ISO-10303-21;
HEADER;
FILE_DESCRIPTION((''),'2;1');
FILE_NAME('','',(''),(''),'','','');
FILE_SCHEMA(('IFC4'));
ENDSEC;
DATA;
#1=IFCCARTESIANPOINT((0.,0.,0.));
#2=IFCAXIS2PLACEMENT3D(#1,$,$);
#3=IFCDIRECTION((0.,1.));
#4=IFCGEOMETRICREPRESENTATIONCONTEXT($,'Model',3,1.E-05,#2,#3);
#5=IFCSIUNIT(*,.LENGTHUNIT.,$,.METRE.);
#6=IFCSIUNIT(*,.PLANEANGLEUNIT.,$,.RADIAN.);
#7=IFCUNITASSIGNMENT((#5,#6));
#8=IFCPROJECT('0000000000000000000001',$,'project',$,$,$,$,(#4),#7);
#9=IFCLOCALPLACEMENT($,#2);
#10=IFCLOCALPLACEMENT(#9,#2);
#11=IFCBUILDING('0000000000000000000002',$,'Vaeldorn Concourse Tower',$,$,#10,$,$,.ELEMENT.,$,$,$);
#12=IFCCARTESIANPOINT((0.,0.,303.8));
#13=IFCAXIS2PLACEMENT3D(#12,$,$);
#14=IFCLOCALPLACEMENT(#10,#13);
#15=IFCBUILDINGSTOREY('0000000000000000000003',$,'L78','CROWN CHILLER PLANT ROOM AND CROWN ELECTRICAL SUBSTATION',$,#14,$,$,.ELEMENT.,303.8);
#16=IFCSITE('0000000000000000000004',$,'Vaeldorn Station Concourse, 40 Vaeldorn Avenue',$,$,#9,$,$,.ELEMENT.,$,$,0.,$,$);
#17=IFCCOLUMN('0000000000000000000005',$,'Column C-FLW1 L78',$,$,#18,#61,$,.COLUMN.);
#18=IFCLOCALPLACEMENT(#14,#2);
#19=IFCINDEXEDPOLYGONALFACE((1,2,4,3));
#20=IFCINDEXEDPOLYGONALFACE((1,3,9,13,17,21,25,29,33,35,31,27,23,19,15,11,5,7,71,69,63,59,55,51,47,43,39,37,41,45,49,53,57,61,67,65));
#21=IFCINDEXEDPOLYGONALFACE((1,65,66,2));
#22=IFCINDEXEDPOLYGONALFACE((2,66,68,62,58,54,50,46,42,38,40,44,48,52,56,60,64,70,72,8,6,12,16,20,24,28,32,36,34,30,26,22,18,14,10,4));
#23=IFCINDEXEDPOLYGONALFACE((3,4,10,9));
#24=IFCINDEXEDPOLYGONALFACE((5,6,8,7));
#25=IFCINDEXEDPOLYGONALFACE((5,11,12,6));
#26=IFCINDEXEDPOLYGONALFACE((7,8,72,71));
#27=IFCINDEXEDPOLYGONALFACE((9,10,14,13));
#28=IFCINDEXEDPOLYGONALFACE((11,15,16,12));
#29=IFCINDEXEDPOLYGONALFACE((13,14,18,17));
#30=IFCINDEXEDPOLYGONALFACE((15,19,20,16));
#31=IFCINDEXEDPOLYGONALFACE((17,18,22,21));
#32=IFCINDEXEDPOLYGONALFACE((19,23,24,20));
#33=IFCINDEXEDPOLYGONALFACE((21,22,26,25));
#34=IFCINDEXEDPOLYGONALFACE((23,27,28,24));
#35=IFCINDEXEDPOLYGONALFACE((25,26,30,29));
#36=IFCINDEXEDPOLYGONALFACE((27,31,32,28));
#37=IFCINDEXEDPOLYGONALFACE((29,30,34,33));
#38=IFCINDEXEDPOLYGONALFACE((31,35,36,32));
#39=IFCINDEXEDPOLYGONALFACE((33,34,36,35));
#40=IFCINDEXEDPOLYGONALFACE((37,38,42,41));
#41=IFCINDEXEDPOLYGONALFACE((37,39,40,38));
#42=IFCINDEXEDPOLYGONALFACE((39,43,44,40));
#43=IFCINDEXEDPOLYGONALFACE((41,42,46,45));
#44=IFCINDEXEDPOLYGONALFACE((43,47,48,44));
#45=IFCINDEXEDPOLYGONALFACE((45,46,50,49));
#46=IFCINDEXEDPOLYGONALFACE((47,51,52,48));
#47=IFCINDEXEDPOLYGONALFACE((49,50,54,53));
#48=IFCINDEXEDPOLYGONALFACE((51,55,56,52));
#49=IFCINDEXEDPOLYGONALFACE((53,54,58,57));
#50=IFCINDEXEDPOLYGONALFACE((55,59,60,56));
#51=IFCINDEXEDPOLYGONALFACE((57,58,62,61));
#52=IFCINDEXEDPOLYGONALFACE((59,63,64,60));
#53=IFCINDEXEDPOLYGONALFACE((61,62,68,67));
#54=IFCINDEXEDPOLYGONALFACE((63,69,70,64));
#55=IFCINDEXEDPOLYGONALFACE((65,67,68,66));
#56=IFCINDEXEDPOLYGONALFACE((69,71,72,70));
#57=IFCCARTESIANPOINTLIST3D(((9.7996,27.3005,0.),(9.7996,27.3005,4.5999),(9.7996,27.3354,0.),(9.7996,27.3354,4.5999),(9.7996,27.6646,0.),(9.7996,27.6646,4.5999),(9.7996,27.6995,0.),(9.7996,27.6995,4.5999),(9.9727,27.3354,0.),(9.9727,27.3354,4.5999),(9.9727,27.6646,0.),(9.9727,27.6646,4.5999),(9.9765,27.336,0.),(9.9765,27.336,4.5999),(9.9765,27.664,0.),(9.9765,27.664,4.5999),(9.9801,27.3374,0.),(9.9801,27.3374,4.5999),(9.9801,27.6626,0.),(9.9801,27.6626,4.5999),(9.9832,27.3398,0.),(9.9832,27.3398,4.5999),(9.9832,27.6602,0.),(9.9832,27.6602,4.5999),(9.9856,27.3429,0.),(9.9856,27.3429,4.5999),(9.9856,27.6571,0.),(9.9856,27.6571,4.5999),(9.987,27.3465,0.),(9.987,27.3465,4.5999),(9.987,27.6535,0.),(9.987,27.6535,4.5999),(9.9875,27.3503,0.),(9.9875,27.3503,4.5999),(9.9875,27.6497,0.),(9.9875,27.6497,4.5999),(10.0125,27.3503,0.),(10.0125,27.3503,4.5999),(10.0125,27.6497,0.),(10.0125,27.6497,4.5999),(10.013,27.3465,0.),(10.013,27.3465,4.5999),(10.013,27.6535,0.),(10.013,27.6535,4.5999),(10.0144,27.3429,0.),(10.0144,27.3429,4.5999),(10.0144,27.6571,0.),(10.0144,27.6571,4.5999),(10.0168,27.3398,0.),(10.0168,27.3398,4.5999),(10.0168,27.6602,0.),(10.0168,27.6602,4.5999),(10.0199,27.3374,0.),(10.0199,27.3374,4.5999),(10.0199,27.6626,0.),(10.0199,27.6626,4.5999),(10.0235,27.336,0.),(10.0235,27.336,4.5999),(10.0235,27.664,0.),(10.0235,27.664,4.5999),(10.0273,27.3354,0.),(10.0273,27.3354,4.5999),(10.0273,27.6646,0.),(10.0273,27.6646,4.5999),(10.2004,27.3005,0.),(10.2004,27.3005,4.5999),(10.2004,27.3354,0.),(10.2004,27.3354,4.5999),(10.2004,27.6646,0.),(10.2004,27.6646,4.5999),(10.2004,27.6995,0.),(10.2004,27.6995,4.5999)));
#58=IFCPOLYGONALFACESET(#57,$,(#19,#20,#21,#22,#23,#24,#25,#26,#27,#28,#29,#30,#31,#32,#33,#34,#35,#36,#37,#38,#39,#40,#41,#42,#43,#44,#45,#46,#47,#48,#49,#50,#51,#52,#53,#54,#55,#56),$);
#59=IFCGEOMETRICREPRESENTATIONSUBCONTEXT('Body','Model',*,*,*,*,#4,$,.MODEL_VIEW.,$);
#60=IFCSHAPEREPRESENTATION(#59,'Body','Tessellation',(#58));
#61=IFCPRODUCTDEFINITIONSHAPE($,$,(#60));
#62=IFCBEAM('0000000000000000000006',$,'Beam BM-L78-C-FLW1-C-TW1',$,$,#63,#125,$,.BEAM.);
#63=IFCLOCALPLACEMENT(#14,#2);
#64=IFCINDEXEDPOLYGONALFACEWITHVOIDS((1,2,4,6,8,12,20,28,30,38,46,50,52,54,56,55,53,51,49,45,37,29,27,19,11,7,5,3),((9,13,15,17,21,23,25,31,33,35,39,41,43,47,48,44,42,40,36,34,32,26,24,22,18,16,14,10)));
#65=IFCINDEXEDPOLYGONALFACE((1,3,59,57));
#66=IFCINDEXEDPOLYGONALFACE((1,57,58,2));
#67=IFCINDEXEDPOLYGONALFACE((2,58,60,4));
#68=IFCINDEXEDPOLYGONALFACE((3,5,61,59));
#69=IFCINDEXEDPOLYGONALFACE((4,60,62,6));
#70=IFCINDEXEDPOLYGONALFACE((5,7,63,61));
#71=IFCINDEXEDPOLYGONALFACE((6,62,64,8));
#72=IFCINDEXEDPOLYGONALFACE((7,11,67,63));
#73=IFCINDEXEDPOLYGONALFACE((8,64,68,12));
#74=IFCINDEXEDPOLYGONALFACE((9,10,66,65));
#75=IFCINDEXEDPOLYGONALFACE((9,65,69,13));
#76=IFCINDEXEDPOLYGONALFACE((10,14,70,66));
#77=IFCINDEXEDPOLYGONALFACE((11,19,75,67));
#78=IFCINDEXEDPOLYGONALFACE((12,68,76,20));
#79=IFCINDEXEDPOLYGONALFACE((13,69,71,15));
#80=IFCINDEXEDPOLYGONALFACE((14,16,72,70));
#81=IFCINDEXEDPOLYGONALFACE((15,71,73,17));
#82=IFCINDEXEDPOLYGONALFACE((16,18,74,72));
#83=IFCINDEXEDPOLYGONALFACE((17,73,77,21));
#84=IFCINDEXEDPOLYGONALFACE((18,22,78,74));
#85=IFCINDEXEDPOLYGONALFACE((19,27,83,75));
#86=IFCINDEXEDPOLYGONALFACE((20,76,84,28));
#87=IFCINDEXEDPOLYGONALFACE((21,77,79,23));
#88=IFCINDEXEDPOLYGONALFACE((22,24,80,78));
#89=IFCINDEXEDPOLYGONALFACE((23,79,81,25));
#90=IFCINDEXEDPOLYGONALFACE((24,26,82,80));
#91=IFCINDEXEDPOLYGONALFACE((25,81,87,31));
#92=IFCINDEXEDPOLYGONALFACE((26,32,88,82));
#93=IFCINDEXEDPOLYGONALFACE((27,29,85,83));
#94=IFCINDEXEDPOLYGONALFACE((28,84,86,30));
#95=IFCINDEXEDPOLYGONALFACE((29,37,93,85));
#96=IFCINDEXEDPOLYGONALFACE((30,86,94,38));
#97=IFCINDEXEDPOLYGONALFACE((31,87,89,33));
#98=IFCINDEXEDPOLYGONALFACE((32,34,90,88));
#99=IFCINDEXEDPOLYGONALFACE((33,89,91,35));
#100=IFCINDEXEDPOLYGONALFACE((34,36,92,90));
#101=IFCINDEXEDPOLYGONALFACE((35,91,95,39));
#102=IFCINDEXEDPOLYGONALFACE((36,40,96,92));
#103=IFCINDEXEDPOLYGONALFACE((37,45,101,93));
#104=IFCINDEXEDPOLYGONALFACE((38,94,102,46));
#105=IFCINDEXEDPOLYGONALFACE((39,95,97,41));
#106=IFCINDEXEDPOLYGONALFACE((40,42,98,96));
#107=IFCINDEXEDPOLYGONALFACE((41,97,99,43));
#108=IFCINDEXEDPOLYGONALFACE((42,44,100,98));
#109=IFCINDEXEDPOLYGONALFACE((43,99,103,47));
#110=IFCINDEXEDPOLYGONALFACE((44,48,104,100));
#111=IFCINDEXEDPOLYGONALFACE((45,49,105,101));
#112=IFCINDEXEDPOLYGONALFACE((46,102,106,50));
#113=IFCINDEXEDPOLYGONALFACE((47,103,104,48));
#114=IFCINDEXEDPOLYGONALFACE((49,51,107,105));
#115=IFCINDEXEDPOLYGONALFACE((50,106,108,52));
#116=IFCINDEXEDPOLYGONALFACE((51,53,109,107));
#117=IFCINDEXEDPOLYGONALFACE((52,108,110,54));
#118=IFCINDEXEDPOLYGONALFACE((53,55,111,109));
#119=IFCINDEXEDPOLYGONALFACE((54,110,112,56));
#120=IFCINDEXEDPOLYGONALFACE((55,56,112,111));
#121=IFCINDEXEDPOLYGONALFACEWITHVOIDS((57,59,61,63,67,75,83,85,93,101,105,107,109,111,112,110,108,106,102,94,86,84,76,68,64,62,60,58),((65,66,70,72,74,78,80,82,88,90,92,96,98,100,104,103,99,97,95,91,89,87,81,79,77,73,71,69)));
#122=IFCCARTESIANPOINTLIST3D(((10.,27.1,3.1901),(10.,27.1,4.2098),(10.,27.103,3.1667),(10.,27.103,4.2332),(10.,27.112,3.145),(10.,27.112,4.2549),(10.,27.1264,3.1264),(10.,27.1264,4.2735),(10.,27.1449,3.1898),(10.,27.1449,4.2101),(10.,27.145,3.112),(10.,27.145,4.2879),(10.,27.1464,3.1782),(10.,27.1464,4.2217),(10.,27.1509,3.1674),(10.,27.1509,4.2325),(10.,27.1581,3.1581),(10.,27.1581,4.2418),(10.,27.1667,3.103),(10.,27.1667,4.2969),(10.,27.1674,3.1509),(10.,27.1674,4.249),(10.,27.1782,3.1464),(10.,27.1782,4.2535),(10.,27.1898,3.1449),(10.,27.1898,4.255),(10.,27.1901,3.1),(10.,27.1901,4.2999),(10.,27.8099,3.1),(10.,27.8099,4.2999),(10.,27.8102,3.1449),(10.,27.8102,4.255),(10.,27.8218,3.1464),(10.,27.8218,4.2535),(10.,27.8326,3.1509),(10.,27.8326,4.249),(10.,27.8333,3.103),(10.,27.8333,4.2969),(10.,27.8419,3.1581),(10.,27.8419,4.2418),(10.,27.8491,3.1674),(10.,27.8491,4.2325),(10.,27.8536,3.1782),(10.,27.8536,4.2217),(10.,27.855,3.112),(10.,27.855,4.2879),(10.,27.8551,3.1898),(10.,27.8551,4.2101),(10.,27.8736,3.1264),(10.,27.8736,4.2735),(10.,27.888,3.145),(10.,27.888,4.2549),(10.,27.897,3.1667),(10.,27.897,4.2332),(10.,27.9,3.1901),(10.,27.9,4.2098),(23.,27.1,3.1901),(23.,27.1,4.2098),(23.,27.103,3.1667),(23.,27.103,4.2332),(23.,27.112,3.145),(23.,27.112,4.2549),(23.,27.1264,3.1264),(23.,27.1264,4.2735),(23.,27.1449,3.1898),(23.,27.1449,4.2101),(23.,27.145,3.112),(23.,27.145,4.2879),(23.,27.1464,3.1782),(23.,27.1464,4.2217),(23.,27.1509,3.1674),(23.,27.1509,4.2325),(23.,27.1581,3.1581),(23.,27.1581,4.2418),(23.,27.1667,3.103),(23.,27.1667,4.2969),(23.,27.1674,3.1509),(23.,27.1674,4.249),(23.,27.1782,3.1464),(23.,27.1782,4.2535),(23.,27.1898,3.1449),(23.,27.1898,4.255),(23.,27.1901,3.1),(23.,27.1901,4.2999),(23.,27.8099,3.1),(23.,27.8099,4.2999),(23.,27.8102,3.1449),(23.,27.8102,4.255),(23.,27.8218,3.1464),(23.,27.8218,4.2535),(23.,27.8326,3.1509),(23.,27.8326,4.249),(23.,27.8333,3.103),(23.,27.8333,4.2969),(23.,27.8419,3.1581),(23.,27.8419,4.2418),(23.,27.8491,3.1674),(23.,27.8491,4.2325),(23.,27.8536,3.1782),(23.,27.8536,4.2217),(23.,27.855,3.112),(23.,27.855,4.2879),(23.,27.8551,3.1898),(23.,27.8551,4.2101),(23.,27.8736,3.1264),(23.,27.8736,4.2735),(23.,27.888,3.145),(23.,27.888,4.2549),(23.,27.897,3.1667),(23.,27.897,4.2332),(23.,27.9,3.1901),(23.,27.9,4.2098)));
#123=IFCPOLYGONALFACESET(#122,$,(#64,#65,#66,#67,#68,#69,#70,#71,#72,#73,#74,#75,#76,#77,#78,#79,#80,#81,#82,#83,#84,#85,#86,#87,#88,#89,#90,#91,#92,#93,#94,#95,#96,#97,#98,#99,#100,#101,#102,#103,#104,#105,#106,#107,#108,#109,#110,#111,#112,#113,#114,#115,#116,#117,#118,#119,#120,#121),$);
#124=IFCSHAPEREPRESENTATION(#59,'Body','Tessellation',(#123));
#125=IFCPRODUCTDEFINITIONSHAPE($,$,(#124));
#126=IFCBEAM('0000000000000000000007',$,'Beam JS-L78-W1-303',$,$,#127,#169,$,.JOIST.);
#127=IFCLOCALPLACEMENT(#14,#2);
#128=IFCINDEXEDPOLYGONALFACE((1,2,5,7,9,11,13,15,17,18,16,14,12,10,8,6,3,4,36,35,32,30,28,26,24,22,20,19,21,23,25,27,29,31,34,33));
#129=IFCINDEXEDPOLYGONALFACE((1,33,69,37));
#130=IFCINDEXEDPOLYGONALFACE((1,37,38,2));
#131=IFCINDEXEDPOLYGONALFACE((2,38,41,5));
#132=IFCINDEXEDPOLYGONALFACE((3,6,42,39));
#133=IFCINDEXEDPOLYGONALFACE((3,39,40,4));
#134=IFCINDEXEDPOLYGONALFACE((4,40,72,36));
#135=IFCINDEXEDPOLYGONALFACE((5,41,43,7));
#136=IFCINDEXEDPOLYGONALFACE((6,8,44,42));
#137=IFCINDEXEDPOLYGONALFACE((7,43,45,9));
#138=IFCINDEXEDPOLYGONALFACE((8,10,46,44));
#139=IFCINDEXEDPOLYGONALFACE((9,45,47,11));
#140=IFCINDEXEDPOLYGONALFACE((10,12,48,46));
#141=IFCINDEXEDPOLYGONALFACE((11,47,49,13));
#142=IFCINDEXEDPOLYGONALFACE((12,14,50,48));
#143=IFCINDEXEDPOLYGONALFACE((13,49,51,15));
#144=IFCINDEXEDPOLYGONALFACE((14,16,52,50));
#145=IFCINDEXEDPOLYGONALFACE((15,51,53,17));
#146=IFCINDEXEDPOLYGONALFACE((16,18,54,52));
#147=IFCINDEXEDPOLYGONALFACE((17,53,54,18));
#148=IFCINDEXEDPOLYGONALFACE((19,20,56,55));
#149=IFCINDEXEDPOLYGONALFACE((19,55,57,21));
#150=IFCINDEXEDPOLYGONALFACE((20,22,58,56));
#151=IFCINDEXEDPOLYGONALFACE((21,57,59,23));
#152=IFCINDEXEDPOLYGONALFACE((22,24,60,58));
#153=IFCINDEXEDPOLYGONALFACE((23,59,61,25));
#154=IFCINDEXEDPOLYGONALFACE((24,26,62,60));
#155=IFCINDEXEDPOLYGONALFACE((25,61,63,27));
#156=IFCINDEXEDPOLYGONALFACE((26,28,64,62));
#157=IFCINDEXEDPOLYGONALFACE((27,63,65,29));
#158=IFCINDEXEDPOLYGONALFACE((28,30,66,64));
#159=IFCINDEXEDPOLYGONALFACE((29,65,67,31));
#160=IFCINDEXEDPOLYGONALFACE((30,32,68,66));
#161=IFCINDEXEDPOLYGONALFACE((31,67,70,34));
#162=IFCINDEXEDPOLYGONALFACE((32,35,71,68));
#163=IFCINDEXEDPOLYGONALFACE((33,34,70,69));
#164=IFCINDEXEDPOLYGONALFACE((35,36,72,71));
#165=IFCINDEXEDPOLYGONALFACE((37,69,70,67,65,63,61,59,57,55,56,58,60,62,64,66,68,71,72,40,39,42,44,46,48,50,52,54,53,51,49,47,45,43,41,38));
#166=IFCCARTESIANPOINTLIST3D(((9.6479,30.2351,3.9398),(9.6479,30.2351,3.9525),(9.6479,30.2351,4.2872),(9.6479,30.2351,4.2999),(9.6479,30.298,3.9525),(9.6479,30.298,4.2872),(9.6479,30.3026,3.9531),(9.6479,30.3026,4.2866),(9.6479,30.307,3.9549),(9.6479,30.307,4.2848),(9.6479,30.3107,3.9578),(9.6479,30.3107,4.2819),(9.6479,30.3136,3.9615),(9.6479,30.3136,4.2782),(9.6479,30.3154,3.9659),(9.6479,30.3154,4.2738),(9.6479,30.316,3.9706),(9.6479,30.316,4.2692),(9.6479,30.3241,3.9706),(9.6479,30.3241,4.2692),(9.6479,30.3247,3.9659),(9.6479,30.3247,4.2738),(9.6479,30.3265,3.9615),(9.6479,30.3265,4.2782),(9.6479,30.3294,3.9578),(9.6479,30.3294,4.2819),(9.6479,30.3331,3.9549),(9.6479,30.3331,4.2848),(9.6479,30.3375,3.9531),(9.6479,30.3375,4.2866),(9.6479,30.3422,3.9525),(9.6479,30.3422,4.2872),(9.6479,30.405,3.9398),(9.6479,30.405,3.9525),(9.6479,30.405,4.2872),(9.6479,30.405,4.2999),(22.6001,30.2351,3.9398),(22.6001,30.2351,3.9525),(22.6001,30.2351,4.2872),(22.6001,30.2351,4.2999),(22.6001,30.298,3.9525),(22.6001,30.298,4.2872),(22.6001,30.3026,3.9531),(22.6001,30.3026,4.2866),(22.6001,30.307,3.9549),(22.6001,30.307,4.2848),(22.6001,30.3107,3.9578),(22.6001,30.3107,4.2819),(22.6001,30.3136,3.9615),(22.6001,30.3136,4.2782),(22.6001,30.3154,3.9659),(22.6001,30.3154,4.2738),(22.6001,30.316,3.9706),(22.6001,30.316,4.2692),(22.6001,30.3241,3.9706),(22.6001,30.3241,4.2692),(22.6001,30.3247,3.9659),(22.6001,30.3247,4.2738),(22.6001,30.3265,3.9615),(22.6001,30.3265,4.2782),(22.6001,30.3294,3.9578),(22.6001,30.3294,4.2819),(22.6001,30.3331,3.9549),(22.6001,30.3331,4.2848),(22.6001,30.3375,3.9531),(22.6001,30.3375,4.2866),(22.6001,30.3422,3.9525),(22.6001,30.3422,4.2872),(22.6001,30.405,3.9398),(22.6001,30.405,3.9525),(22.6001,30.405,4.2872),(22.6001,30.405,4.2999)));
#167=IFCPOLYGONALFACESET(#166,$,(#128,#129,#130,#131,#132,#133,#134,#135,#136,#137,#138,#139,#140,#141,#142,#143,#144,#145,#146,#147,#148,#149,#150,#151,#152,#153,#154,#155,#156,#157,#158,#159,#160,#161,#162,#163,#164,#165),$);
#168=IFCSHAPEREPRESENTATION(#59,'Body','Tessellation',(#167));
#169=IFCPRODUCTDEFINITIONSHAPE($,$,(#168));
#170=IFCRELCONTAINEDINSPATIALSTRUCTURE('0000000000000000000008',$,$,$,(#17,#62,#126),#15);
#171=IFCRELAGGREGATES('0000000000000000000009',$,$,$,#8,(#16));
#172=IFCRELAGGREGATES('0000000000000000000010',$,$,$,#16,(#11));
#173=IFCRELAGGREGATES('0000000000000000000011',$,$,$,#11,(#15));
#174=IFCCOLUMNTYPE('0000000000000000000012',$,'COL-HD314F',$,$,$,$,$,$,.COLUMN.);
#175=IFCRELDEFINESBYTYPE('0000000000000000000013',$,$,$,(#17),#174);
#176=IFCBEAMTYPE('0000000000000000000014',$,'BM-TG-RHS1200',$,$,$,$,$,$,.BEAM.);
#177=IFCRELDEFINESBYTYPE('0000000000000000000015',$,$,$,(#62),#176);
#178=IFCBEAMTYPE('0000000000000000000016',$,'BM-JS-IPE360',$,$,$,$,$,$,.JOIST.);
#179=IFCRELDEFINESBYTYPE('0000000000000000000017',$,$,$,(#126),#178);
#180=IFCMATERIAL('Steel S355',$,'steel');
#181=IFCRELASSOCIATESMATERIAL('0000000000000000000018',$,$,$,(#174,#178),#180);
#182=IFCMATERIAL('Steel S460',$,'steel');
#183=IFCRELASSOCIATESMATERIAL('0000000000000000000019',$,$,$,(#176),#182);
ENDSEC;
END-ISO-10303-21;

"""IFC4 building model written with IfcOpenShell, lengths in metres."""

from ifc_helpers import new_model, si_unit, direction, frame, origin, origin_2d, place, context, subcontext, project, spatial, hollow_rectangle, i_section, extrude, source, transform, mapped, material, material_profile, profile_set, type_object, element, save


model = new_model("IFC4")

# Units and contexts
model_context = context("Model", 3, precision=1e-05, world=origin(), true_north=direction((0.0, 1.0)))
body_context = subcontext(model_context, "Body", "Model", "MODEL_VIEW")
ifc_project = project(units=[si_unit("LENGTHUNIT", "METRE"), si_unit("PLANEANGLEUNIT", "RADIAN")], contexts=[model_context])

# Site, building, storey
site_placement = place(None, origin())
site = spatial("IfcSite", under=ifc_project, at=site_placement, Name="Vaeldorn Station Concourse, 40 Vaeldorn Avenue", CompositionType="ELEMENT", RefElevation=0.0)
building_placement = place(site_placement, origin())
building = spatial("IfcBuilding", under=site, at=building_placement, Name="Vaeldorn Concourse Tower", CompositionType="ELEMENT")
storey_placement = place(building_placement, frame((0.0, 0.0, 303.8)))
storey = spatial("IfcBuildingStorey", under=building, at=storey_placement, Name="L78", Description="CROWN CHILLER PLANT ROOM AND CROWN ELECTRICAL SUBSTATION", CompositionType="ELEMENT", Elevation=303.8)

# Column
ifc_material_1 = material(Name="Steel S355", Category="steel")
ifc_material_profile_1 = material_profile(ifc_material_1, i_section(OverallWidth=0.4009, OverallDepth=0.3989, WebThickness=0.0249, FlangeThickness=0.0349, FilletRadius=0.0149, at=origin_2d()), Name="HD 400x314")
ifc_profile_set_1 = profile_set([ifc_material_profile_1], Name="Steel S355")
column_type = type_object("IfcColumnType", Name="COL-HD314F", PredefinedType="COLUMN", material=ifc_profile_set_1)
shared_shape_1 = source(origin(), body_context, "Body", "SweptSolid", [
    extrude(i_section(OverallWidth=0.4009, OverallDepth=0.3989, WebThickness=0.0249, FlangeThickness=0.0349, FilletRadius=0.0149, at=origin_2d()), origin(), (0.0, 0.0, 1.0), 4.5999),
])
column_placement = place(storey_placement, frame((10.0, 27.5, 0.0), z_axis=(0.0, 0.0, 1.0), x_axis=(1.0, 0.0, 0.0)))
element("IfcColumn", 1, at=column_placement, inside=storey, type_object=column_type, Name="Column C-FLW1 L78", PredefinedType="COLUMN", context=body_context, shape_type="MappedRepresentation", body=[
    mapped(shared_shape_1, transform((0.0, 0.0, 0.0), scale=1.0)),
])

# Beams
ifc_material_2 = material(Name="Steel S460", Category="steel")
ifc_material_profile_2 = material_profile(ifc_material_2, hollow_rectangle(XDim=0.8, YDim=1.2, WallThickness=0.0449, InnerFilletRadius=0.0449, OuterFilletRadius=0.0901, at=origin_2d()), Name="RHS 1200x800x45")
ifc_profile_set_2 = profile_set([ifc_material_profile_2], Name="Steel S460")
beam_type_1 = type_object("IfcBeamType", Name="BM-TG-RHS1200", PredefinedType="BEAM", material=ifc_profile_set_2)
shared_shape_2 = source(origin(), body_context, "Body", "SweptSolid", [
    extrude(hollow_rectangle(XDim=0.8, YDim=1.2, WallThickness=0.0449, InnerFilletRadius=0.0449, OuterFilletRadius=0.0901, at=origin_2d()), origin(), (0.0, 0.0, 1.0), 13.0),
])
beam_1_placement = place(storey_placement, frame((10.0, 27.5, 3.7), z_axis=(1.0, 0.0, 0.0), x_axis=(0.0, 1.0, 0.0)))
element("IfcBeam", 2, at=beam_1_placement, inside=storey, type_object=beam_type_1, Name="Beam BM-L78-C-FLW1-C-TW1", PredefinedType="BEAM", context=body_context, shape_type="MappedRepresentation", body=[
    mapped(shared_shape_2, transform((0.0, 0.0, 0.0), scale=1.0)),
])
ifc_material_profile_3 = material_profile(ifc_material_1, i_section(OverallWidth=0.1699, OverallDepth=0.3601, WebThickness=0.0081, FlangeThickness=0.0127, FilletRadius=0.0181, at=origin_2d()), Name="IPE 360")
ifc_profile_set_3 = profile_set([ifc_material_profile_3], Name="Steel S355")
beam_type_2 = type_object("IfcBeamType", Name="BM-JS-IPE360", PredefinedType="JOIST", material=ifc_profile_set_3)
shared_shape_3 = source(origin(), body_context, "Body", "SweptSolid", [
    extrude(i_section(OverallWidth=0.1699, OverallDepth=0.3601, WebThickness=0.0081, FlangeThickness=0.0127, FilletRadius=0.0181, at=origin_2d()), origin(), (0.0, 0.0, 1.0), 12.9521),
])
beam_2_placement = place(storey_placement, frame((9.6479, 30.3201, 4.1199), z_axis=(1.0, 0.0, 0.0), x_axis=(0.0, 1.0, 0.0)))
element("IfcBeam", 3, at=beam_2_placement, inside=storey, type_object=beam_type_2, Name="Beam JS-L78-W1-303", PredefinedType="JOIST", context=body_context, shape_type="MappedRepresentation", body=[
    mapped(shared_shape_3, transform((0.0, 0.0, 0.0), scale=1.0)),
])

save(model, "model.ifc")
